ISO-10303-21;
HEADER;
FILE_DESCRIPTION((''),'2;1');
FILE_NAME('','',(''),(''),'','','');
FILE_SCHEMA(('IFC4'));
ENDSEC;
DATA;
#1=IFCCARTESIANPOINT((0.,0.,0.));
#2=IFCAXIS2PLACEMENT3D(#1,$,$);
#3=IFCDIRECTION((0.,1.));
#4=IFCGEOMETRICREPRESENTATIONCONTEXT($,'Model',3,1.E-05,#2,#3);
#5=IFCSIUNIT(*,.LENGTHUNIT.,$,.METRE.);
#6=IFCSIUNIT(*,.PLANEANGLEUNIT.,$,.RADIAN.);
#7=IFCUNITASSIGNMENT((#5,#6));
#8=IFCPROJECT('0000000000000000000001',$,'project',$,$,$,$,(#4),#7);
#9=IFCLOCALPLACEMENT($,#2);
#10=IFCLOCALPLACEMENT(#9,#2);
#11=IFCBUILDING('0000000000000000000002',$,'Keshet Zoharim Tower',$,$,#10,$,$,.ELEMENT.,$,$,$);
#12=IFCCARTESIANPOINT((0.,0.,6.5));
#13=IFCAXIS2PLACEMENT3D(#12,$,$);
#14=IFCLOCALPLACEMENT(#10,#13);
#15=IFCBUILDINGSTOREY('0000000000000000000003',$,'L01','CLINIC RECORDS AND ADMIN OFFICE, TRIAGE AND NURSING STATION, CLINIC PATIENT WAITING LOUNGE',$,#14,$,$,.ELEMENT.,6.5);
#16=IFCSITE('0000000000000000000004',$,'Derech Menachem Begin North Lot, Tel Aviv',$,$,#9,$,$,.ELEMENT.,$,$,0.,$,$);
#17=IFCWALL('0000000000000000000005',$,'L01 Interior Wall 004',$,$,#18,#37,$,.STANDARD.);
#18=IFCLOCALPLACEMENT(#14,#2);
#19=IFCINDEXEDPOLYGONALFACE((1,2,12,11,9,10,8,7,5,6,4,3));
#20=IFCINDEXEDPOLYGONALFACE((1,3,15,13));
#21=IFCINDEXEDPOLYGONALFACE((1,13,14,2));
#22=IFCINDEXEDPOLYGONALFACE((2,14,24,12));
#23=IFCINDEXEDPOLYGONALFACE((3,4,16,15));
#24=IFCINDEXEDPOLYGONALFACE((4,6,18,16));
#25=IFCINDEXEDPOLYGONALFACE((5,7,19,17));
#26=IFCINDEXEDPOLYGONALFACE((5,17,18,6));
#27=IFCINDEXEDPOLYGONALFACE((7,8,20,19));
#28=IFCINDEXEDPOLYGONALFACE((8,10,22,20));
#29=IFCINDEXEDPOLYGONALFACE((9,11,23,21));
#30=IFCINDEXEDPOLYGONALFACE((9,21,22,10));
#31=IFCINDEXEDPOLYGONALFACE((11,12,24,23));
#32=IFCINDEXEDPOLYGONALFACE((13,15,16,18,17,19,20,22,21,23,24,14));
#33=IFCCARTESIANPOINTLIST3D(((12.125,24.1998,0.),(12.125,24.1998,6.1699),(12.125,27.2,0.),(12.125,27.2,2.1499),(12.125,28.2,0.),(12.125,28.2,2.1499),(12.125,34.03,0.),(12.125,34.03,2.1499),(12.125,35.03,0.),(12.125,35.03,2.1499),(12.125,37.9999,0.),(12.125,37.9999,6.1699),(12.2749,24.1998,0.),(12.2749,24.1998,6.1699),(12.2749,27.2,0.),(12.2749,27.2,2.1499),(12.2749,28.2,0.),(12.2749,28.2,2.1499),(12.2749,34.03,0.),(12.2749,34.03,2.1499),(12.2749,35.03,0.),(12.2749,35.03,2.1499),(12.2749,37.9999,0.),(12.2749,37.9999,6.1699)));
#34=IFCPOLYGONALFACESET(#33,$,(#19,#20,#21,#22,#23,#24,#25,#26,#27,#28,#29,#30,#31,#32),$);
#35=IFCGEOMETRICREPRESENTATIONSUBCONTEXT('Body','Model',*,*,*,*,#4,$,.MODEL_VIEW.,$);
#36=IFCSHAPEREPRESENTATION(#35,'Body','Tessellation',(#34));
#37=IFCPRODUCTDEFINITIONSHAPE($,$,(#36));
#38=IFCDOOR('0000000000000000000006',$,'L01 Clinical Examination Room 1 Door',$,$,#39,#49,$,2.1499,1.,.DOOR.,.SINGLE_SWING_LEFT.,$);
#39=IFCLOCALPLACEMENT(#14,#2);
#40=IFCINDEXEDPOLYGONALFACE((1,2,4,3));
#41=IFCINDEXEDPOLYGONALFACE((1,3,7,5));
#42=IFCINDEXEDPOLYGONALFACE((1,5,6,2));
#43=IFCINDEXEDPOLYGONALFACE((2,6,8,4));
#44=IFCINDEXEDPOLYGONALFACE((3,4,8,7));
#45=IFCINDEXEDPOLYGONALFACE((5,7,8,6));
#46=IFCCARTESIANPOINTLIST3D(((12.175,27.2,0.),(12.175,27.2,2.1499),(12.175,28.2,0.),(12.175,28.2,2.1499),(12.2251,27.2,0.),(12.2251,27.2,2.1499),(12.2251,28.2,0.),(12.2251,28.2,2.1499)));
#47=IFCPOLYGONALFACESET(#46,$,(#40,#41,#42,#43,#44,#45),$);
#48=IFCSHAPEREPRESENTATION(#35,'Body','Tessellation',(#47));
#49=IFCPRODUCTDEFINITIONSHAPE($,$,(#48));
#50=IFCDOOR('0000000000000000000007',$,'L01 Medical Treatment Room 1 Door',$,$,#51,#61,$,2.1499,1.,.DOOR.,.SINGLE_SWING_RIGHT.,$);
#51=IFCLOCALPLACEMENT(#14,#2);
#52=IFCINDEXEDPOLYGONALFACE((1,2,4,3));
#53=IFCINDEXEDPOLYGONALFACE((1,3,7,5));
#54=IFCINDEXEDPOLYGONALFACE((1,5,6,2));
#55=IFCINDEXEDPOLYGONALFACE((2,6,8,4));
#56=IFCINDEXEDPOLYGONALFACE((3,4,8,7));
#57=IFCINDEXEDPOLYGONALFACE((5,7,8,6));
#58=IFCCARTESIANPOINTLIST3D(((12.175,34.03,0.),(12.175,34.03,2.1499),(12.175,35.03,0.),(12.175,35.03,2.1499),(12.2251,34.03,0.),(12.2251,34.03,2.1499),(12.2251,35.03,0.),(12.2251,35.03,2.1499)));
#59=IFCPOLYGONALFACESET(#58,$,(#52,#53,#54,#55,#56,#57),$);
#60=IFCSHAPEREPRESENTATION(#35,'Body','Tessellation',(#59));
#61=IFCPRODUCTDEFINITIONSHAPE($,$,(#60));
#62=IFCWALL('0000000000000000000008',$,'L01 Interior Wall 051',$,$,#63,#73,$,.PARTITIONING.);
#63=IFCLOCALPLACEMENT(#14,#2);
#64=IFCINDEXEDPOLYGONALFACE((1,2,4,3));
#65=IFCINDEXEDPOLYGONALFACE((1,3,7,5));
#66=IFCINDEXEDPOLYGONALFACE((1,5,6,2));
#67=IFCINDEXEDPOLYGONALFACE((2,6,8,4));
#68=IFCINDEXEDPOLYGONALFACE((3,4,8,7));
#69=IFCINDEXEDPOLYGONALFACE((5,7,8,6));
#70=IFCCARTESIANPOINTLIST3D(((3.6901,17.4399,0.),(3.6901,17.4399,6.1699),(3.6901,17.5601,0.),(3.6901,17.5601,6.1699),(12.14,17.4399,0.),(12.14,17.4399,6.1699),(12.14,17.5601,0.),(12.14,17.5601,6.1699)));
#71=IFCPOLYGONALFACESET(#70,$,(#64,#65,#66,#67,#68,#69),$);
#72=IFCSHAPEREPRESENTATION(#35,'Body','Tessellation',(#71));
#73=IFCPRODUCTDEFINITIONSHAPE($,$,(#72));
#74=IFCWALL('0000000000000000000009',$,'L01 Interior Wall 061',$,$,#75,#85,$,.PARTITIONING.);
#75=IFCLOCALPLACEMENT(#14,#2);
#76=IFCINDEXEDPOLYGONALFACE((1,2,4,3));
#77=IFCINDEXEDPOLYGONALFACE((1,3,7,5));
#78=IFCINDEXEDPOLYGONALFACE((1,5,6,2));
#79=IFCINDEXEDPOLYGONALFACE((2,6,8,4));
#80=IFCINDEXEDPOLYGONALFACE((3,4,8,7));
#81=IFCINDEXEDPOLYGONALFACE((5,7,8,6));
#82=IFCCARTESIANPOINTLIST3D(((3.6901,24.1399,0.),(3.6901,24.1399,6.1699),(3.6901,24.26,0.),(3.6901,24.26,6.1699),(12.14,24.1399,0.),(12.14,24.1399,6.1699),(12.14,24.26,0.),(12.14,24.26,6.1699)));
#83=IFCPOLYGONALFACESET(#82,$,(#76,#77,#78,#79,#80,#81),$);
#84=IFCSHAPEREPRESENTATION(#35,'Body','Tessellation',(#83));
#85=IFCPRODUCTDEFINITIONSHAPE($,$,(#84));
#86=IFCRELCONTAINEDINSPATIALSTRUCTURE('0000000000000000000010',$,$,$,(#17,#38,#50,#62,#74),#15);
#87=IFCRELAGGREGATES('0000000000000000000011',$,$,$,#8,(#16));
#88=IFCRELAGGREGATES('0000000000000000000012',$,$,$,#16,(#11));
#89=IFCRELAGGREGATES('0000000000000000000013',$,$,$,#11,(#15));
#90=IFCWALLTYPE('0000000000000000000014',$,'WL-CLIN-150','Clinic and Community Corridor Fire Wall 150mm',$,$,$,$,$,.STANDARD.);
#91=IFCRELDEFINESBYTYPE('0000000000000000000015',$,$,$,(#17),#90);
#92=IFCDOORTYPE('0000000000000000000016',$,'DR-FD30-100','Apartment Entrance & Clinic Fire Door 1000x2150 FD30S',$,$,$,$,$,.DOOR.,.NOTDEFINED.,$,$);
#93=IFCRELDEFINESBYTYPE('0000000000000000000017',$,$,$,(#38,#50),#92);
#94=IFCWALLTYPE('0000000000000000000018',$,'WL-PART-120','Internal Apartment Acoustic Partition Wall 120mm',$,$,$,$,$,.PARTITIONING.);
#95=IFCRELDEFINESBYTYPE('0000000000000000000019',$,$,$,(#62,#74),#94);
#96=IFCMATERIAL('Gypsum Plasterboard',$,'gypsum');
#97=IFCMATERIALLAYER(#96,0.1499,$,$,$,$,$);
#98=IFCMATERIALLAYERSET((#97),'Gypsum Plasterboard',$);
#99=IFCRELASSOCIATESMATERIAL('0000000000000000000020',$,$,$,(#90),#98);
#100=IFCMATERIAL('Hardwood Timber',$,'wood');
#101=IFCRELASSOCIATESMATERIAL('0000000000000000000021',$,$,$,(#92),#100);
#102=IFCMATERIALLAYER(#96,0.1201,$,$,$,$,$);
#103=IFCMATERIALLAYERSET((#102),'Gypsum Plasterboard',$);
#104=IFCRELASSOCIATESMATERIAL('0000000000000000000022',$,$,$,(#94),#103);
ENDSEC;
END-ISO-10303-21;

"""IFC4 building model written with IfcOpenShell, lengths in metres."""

from ifc_helpers import new_model, si_unit, direction, frame, frame_2d, origin, place, context, subcontext, project, spatial, rectangle, extrude, material, layer, layer_set, type_object, element, fill, save


model = new_model("IFC4")

# Units and contexts
model_context = context("Model", 3, precision=1e-05, world=origin(), true_north=direction((0.0, 1.0)))
body_context = subcontext(model_context, "Body", "Model", "MODEL_VIEW")
ifc_project = project(units=[si_unit("LENGTHUNIT", "METRE"), si_unit("PLANEANGLEUNIT", "RADIAN")], contexts=[model_context])

# Site, building, storey
site_placement = place(None, origin())
site = spatial("IfcSite", under=ifc_project, at=site_placement, Name="Derech Menachem Begin North Lot, Tel Aviv", CompositionType="ELEMENT", RefElevation=0.0)
building_placement = place(site_placement, origin())
building = spatial("IfcBuilding", under=site, at=building_placement, Name="Keshet Zoharim Tower", CompositionType="ELEMENT")
storey_placement = place(building_placement, frame((0.0, 0.0, 6.5)))
storey = spatial("IfcBuildingStorey", under=building, at=storey_placement, Name="L01", Description="CLINIC RECORDS AND ADMIN OFFICE, TRIAGE AND NURSING STATION, CLINIC PATIENT WAITING LOUNGE", CompositionType="ELEMENT", Elevation=6.5)

# Shared definitions
ifc_material_1 = material(Name="Gypsum Plasterboard", Category="gypsum")
ifc_layer_1 = layer(ifc_material_1, 0.1499)
ifc_layer_set_1 = layer_set([ifc_layer_1], Name="Gypsum Plasterboard")
wall_type_1 = type_object("IfcWallType", Name="WL-CLIN-150", Description="Clinic and Community Corridor Fire Wall 150mm", PredefinedType="STANDARD", material=ifc_layer_set_1)
ifc_material_2 = material(Name="Hardwood Timber", Category="wood")
door_type = type_object("IfcDoorType", Name="DR-FD30-100", Description="Apartment Entrance & Clinic Fire Door 1000x2150 FD30S", OperationType="NOTDEFINED", PredefinedType="DOOR", material=ifc_material_2)

# Wall, openings, doors
wall_1_placement = place(storey_placement, frame((12.2, 24.2, 0.0), z_axis=(0.0, 0.0, 1.0), x_axis=(0.0, 1.0, 0.0)))
wall_1 = element("IfcWall", 1, at=wall_1_placement, inside=storey, type_object=wall_type_1, Name="L01 Interior Wall 004", PredefinedType="STANDARD", context=body_context, shape_type="SweptSolid", body=[
    extrude(rectangle(XDim=13.8, YDim=0.1499, at=frame_2d((6.8999, 0.0))), origin(), (0.0, 0.0, 1.0), 6.1699),
])
opening_1_placement = place(wall_1_placement, frame((3.0, 0.0, 0.0)))
opening_1 = element("IfcOpeningElement", 2, at=opening_1_placement, cuts=wall_1, PredefinedType="OPENING", context=body_context, shape_type="SweptSolid", body=[
    extrude(rectangle(XDim=1.0, YDim=2.1499, at=frame_2d((0.5, 1.075))), frame((0.0, 0.085, 0.0), z_axis=(0.0, -1.0, 0.0), x_axis=(1.0, 0.0, 0.0)), (0.0, 0.0, 1.0), 0.1699),
])
opening_2_placement = place(wall_1_placement, frame((9.8301, 0.0, 0.0)))
opening_2 = element("IfcOpeningElement", 3, at=opening_2_placement, cuts=wall_1, PredefinedType="OPENING", context=body_context, shape_type="SweptSolid", body=[
    extrude(rectangle(XDim=1.0, YDim=2.1499, at=frame_2d((0.5, 1.075))), frame((0.0, 0.085, 0.0), z_axis=(0.0, -1.0, 0.0), x_axis=(1.0, 0.0, 0.0)), (0.0, 0.0, 1.0), 0.1699),
])
door_1_placement = place(opening_1_placement, origin())
door_1 = element("IfcDoor", 4, at=door_1_placement, inside=storey, type_object=door_type, Name="L01 Clinical Examination Room 1 Door", OperationType="SINGLE_SWING_LEFT", OverallHeight=2.1499, OverallWidth=1.0, PredefinedType="DOOR", context=body_context, shape_type="SweptSolid", body=[
    extrude(rectangle(XDim=1.0, YDim=2.1499, at=frame_2d((0.5, 1.075))), frame((0.0, 0.0249, 0.0), z_axis=(0.0, -1.0, 0.0), x_axis=(1.0, 0.0, 0.0)), (0.0, 0.0, 1.0), 0.05),
])
fill(opening_1, door_1)
door_2_placement = place(opening_2_placement, origin())
door_2 = element("IfcDoor", 5, at=door_2_placement, inside=storey, type_object=door_type, Name="L01 Medical Treatment Room 1 Door", OperationType="SINGLE_SWING_RIGHT", OverallHeight=2.1499, OverallWidth=1.0, PredefinedType="DOOR", context=body_context, shape_type="SweptSolid", body=[
    extrude(rectangle(XDim=1.0, YDim=2.1499, at=frame_2d((0.5, 1.075))), frame((0.0, 0.0249, 0.0), z_axis=(0.0, -1.0, 0.0), x_axis=(1.0, 0.0, 0.0)), (0.0, 0.0, 1.0), 0.05),
])
fill(opening_2, door_2)

# Walls
ifc_layer_2 = layer(ifc_material_1, 0.1201)
ifc_layer_set_2 = layer_set([ifc_layer_2], Name="Gypsum Plasterboard")
wall_type_2 = type_object("IfcWallType", Name="WL-PART-120", Description="Internal Apartment Acoustic Partition Wall 120mm", PredefinedType="PARTITIONING", material=ifc_layer_set_2)
for number, where, z_axis, x_axis, name in (
    (6, (3.6899, 17.5, 0.0), (0.0, 0.0, 1.0), (1.0, 0.0, 0.0), "L01 Interior Wall 051"),
    (7, (3.6899, 24.2, 0.0), (0.0, 0.0, 1.0), (1.0, 0.0, 0.0), "L01 Interior Wall 061"),
):
    element("IfcWall", number, at=place(storey_placement, frame(where, z_axis=z_axis, x_axis=x_axis)), inside=storey, type_object=wall_type_2, Name=name, PredefinedType="PARTITIONING", context=body_context, shape_type="SweptSolid", body=[
        extrude(rectangle(XDim=8.45, YDim=0.1201, at=frame_2d((4.2251, 0.0))), origin(), (0.0, 0.0, 1.0), 6.1699),
    ])

save(model, "model.ifc")
